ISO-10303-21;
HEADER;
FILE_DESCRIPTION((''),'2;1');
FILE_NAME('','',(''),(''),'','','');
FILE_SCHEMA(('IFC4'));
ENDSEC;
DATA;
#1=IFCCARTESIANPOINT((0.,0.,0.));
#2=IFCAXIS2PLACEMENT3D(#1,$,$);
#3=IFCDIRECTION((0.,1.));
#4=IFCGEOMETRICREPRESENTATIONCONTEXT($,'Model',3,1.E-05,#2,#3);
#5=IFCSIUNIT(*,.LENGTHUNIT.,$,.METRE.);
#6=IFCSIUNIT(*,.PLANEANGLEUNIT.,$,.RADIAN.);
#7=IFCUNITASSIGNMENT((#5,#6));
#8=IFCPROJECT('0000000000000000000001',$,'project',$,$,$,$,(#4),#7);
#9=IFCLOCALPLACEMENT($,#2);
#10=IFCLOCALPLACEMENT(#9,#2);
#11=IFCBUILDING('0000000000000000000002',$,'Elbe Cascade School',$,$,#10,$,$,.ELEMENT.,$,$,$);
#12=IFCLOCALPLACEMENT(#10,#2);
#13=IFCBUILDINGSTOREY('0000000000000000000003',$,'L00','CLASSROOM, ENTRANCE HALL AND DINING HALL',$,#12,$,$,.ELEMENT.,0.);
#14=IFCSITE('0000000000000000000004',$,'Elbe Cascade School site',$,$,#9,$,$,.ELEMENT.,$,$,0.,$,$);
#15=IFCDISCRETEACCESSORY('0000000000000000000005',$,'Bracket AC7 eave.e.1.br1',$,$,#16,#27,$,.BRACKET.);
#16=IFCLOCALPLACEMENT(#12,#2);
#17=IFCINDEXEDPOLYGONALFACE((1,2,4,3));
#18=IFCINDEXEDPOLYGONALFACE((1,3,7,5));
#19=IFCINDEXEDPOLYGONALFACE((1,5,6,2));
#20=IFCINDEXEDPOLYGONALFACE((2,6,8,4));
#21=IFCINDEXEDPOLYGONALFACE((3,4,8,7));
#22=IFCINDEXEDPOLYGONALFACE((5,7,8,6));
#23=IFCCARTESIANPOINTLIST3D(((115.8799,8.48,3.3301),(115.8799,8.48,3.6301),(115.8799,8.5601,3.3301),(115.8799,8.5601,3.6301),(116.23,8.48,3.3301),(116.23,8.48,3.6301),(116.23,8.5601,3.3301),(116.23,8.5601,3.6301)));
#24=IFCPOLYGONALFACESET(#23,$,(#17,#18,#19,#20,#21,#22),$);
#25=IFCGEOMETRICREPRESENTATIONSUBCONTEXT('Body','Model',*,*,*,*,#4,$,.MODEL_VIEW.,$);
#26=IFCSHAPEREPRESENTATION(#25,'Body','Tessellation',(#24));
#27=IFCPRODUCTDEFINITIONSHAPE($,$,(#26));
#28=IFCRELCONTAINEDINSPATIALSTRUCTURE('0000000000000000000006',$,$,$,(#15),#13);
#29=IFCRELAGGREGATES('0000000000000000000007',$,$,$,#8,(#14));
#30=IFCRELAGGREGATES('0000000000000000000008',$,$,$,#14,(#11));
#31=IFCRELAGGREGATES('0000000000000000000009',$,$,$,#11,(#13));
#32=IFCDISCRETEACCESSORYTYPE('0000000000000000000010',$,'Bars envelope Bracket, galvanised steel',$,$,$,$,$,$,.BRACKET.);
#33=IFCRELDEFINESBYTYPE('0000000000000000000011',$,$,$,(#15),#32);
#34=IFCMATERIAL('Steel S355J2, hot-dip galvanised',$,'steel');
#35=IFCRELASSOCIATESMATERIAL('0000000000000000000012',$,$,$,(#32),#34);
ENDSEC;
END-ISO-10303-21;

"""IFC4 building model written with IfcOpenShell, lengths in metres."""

from ifc_helpers import new_model, si_unit, direction, frame, origin, origin_2d, place, context, subcontext, project, spatial, rectangle, extrude, material, type_object, element, save


model = new_model("IFC4")

# Units and contexts
model_context = context("Model", 3, precision=1e-05, world=origin(), true_north=direction((0.0, 1.0)))
body_context = subcontext(model_context, "Body", "Model", "MODEL_VIEW")
ifc_project = project(units=[si_unit("LENGTHUNIT", "METRE"), si_unit("PLANEANGLEUNIT", "RADIAN")], contexts=[model_context])

# Site, building, storey
site_placement = place(None, origin())
site = spatial("IfcSite", under=ifc_project, at=site_placement, Name="Elbe Cascade School site", CompositionType="ELEMENT", RefElevation=0.0)
building_placement = place(site_placement, origin())
building = spatial("IfcBuilding", under=site, at=building_placement, Name="Elbe Cascade School", CompositionType="ELEMENT")
storey_placement = place(building_placement, origin())
storey = spatial("IfcBuildingStorey", under=building, at=storey_placement, Name="L00", Description="CLASSROOM, ENTRANCE HALL AND DINING HALL", CompositionType="ELEMENT", Elevation=0.0)

# Discrete accessory
ifc_material_1 = material(Name="Steel S355J2, hot-dip galvanised", Category="steel")
discrete_accessory_type = type_object("IfcDiscreteAccessoryType", Name="Bars envelope Bracket, galvanised steel", PredefinedType="BRACKET", material=ifc_material_1)
discrete_accessory_placement = place(storey_placement, frame((116.0549, 8.52, 3.3301), z_axis=(0.0, 0.0, 1.0), x_axis=(0.0, 1.0, 0.0)))
element("IfcDiscreteAccessory", 1, at=discrete_accessory_placement, inside=storey, type_object=discrete_accessory_type, Name="Bracket AC7 eave.e.1.br1", PredefinedType="BRACKET", context=body_context, shape_type="SweptSolid", body=[
    extrude(rectangle(XDim=0.0801, YDim=0.3501, at=origin_2d()), origin(), (0.0, 0.0, 1.0), 0.3),
])

save(model, "model.ifc")
